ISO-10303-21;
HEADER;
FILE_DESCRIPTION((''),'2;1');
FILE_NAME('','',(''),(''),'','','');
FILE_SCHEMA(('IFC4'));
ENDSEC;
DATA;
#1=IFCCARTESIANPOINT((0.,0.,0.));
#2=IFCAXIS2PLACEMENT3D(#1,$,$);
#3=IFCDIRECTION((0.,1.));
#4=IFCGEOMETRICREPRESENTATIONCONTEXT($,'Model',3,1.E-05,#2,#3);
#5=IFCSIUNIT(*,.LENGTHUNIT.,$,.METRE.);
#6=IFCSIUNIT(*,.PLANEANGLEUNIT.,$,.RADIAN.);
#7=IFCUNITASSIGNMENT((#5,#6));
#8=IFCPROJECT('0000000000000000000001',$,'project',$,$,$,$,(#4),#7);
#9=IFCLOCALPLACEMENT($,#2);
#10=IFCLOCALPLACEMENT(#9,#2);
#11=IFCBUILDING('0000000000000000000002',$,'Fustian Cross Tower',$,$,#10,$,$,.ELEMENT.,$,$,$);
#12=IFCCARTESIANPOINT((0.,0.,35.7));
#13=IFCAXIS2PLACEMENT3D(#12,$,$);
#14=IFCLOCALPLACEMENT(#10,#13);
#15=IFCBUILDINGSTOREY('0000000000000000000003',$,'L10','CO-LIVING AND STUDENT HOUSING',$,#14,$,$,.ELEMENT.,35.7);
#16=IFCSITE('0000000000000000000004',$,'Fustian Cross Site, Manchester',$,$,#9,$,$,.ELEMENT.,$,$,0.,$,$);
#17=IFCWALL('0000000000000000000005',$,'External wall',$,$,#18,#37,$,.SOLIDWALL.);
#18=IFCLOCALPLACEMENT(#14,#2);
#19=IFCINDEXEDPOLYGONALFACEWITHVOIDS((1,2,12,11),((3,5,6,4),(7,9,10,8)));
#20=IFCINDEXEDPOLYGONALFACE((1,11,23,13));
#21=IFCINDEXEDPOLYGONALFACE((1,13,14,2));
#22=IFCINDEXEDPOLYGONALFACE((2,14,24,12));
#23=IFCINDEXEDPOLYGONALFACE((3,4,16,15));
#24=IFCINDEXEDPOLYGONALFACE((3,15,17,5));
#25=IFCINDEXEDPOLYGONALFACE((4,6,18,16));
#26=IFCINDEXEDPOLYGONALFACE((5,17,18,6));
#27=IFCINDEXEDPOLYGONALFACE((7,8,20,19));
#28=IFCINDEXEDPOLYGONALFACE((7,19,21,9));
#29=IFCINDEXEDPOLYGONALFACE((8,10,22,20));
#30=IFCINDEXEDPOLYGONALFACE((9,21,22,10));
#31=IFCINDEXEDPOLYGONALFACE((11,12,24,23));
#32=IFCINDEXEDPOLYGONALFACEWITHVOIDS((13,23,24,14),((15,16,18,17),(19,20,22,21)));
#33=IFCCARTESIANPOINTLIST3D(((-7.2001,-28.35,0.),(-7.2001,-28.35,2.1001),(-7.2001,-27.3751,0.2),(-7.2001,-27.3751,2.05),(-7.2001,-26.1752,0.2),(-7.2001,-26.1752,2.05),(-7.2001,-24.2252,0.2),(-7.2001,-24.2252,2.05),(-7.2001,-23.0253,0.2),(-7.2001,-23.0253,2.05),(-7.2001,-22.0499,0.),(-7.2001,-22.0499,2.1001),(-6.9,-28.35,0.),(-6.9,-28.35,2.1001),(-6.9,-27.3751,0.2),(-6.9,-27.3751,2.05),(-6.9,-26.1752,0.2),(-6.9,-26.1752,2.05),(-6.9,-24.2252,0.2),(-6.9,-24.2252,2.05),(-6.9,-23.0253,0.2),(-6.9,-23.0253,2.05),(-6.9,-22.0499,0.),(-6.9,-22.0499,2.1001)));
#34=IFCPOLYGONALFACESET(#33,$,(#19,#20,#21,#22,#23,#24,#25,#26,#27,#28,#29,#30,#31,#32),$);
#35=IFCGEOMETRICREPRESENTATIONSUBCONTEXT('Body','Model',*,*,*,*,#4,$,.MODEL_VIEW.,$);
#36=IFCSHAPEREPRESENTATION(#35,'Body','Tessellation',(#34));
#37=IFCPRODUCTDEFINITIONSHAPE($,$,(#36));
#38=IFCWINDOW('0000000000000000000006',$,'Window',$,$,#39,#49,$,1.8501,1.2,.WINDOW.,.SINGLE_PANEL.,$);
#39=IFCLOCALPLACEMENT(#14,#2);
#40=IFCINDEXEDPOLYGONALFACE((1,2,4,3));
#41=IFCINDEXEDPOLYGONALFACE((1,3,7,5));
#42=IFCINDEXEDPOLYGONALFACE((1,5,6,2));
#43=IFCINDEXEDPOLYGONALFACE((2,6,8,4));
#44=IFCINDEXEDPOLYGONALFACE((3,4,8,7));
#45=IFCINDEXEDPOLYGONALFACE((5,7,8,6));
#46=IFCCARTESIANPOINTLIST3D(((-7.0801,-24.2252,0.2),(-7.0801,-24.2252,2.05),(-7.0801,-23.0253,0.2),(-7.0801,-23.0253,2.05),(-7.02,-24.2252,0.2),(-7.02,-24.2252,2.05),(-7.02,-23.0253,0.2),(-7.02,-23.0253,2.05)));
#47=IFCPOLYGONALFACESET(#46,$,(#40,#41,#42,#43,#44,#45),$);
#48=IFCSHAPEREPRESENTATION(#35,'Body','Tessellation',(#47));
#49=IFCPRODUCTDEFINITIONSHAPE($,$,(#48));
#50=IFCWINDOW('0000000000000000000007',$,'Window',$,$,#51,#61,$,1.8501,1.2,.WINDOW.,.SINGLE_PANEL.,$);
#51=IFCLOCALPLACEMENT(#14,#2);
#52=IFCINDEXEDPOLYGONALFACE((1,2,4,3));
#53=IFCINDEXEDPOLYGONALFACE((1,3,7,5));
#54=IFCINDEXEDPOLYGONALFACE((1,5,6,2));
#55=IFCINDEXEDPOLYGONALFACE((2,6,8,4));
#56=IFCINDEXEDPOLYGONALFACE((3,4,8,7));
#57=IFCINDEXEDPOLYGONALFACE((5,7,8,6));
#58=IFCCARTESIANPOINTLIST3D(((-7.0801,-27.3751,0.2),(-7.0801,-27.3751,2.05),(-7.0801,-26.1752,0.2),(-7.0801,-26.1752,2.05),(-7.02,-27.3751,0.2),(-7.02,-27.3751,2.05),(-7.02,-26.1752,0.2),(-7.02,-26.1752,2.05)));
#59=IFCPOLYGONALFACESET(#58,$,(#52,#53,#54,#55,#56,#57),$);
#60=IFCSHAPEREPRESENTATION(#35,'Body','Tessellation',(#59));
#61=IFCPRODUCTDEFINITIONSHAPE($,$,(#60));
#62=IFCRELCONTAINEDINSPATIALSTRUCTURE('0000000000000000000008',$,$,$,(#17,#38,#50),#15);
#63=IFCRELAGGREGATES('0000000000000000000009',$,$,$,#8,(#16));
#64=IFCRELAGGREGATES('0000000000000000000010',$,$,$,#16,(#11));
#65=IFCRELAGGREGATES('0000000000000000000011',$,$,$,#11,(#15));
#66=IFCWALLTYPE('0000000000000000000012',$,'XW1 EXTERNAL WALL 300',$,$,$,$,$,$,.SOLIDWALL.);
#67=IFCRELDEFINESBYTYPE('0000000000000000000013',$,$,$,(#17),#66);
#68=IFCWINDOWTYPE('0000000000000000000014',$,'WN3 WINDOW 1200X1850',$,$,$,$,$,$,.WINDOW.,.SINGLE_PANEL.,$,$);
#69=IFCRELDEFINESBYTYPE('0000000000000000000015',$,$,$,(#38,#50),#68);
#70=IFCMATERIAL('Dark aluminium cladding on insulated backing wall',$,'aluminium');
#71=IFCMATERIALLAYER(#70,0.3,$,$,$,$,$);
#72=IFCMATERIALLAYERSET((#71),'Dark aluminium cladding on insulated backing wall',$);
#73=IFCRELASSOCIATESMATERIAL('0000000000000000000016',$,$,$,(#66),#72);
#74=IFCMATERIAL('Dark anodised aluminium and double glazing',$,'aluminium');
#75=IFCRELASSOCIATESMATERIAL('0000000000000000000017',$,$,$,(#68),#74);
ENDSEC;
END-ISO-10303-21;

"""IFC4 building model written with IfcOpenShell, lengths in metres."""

from ifc_helpers import new_model, si_unit, direction, frame, frame_2d, origin, place, context, subcontext, project, spatial, rectangle, extrude, material, layer, layer_set, type_object, element, fill, save


model = new_model("IFC4")

# Units and contexts
model_context = context("Model", 3, precision=1e-05, world=origin(), true_north=direction((0.0, 1.0)))
body_context = subcontext(model_context, "Body", "Model", "MODEL_VIEW")
ifc_project = project(units=[si_unit("LENGTHUNIT", "METRE"), si_unit("PLANEANGLEUNIT", "RADIAN")], contexts=[model_context])

# Site, building, storey
site_placement = place(None, origin())
site = spatial("IfcSite", under=ifc_project, at=site_placement, Name="Fustian Cross Site, Manchester", CompositionType="ELEMENT", RefElevation=0.0)
building_placement = place(site_placement, origin())
building = spatial("IfcBuilding", under=site, at=building_placement, Name="Fustian Cross Tower", CompositionType="ELEMENT")
storey_placement = place(building_placement, frame((0.0, 0.0, 35.7)))
storey = spatial("IfcBuildingStorey", under=building, at=storey_placement, Name="L10", Description="CO-LIVING AND STUDENT HOUSING", CompositionType="ELEMENT", Elevation=35.7)

# Shared definitions
ifc_material_1 = material(Name="Dark aluminium cladding on insulated backing wall", Category="aluminium")
ifc_layer_1 = layer(ifc_material_1, 0.3)
ifc_layer_set_1 = layer_set([ifc_layer_1], Name="Dark aluminium cladding on insulated backing wall")
wall_type_1 = type_object("IfcWallType", Name="XW1 EXTERNAL WALL 300", PredefinedType="SOLIDWALL", material=ifc_layer_set_1)

# Shared definitions
ifc_material_2 = material(Name="Dark anodised aluminium and double glazing", Category="aluminium")
window_type = type_object("IfcWindowType", Name="WN3 WINDOW 1200X1850", PartitioningType="SINGLE_PANEL", PredefinedType="WINDOW", material=ifc_material_2)

# Wall, openings, windows
wall_1_placement = place(storey_placement, frame((-7.05, -22.05, 0.0), z_axis=(0.0, 0.0, 1.0), x_axis=(0.0, -1.0, 0.0)))
wall_1 = element("IfcWall", 1, at=wall_1_placement, inside=storey, type_object=wall_type_1, Name="External wall", PredefinedType="SOLIDWALL", context=body_context, shape_type="SweptSolid", body=[
    extrude(rectangle(XDim=6.3, YDim=0.3, at=frame_2d((3.1499, 0.0))), origin(), (0.0, 0.0, 1.0), 2.1001),
])
opening_1_placement = place(wall_1_placement, frame((0.9751, 0.0, 0.2)))
opening_1 = element("IfcOpeningElement", 2, at=opening_1_placement, cuts=wall_1, PredefinedType="OPENING", context=body_context, shape_type="SweptSolid", body=[
    extrude(rectangle(XDim=1.2, YDim=1.8501, at=frame_2d((0.6001, 0.925))), frame((0.0, 0.1599, 0.0), z_axis=(0.0, -1.0, 0.0), x_axis=(1.0, 0.0, 0.0)), (0.0, 0.0, 1.0), 0.3201),
])
opening_2_placement = place(wall_1_placement, frame((4.125, 0.0, 0.2)))
opening_2 = element("IfcOpeningElement", 3, at=opening_2_placement, cuts=wall_1, PredefinedType="OPENING", context=body_context, shape_type="SweptSolid", body=[
    extrude(rectangle(XDim=1.2, YDim=1.8501, at=frame_2d((0.6001, 0.925))), frame((0.0, 0.1599, 0.0), z_axis=(0.0, -1.0, 0.0), x_axis=(1.0, 0.0, 0.0)), (0.0, 0.0, 1.0), 0.3201),
])
window_1_placement = place(opening_1_placement, origin())
window_1 = element("IfcWindow", 4, at=window_1_placement, inside=storey, type_object=window_type, Name="Window", OverallHeight=1.8501, OverallWidth=1.2, PartitioningType="SINGLE_PANEL", PredefinedType="WINDOW", context=body_context, shape_type="SweptSolid", body=[
    extrude(rectangle(XDim=1.2, YDim=1.8501, at=frame_2d((0.6001, 0.925))), frame((0.0, 0.03, 0.0), z_axis=(0.0, -1.0, 0.0), x_axis=(1.0, 0.0, 0.0)), (0.0, 0.0, 1.0), 0.0601),
])
fill(opening_1, window_1)
window_2_placement = place(opening_2_placement, origin())
window_2 = element("IfcWindow", 5, at=window_2_placement, inside=storey, type_object=window_type, Name="Window", OverallHeight=1.8501, OverallWidth=1.2, PartitioningType="SINGLE_PANEL", PredefinedType="WINDOW", context=body_context, shape_type="SweptSolid", body=[
    extrude(rectangle(XDim=1.2, YDim=1.8501, at=frame_2d((0.6001, 0.925))), frame((0.0, 0.03, 0.0), z_axis=(0.0, -1.0, 0.0), x_axis=(1.0, 0.0, 0.0)), (0.0, 0.0, 1.0), 0.0601),
])
fill(opening_2, window_2)

save(model, "model.ifc")
